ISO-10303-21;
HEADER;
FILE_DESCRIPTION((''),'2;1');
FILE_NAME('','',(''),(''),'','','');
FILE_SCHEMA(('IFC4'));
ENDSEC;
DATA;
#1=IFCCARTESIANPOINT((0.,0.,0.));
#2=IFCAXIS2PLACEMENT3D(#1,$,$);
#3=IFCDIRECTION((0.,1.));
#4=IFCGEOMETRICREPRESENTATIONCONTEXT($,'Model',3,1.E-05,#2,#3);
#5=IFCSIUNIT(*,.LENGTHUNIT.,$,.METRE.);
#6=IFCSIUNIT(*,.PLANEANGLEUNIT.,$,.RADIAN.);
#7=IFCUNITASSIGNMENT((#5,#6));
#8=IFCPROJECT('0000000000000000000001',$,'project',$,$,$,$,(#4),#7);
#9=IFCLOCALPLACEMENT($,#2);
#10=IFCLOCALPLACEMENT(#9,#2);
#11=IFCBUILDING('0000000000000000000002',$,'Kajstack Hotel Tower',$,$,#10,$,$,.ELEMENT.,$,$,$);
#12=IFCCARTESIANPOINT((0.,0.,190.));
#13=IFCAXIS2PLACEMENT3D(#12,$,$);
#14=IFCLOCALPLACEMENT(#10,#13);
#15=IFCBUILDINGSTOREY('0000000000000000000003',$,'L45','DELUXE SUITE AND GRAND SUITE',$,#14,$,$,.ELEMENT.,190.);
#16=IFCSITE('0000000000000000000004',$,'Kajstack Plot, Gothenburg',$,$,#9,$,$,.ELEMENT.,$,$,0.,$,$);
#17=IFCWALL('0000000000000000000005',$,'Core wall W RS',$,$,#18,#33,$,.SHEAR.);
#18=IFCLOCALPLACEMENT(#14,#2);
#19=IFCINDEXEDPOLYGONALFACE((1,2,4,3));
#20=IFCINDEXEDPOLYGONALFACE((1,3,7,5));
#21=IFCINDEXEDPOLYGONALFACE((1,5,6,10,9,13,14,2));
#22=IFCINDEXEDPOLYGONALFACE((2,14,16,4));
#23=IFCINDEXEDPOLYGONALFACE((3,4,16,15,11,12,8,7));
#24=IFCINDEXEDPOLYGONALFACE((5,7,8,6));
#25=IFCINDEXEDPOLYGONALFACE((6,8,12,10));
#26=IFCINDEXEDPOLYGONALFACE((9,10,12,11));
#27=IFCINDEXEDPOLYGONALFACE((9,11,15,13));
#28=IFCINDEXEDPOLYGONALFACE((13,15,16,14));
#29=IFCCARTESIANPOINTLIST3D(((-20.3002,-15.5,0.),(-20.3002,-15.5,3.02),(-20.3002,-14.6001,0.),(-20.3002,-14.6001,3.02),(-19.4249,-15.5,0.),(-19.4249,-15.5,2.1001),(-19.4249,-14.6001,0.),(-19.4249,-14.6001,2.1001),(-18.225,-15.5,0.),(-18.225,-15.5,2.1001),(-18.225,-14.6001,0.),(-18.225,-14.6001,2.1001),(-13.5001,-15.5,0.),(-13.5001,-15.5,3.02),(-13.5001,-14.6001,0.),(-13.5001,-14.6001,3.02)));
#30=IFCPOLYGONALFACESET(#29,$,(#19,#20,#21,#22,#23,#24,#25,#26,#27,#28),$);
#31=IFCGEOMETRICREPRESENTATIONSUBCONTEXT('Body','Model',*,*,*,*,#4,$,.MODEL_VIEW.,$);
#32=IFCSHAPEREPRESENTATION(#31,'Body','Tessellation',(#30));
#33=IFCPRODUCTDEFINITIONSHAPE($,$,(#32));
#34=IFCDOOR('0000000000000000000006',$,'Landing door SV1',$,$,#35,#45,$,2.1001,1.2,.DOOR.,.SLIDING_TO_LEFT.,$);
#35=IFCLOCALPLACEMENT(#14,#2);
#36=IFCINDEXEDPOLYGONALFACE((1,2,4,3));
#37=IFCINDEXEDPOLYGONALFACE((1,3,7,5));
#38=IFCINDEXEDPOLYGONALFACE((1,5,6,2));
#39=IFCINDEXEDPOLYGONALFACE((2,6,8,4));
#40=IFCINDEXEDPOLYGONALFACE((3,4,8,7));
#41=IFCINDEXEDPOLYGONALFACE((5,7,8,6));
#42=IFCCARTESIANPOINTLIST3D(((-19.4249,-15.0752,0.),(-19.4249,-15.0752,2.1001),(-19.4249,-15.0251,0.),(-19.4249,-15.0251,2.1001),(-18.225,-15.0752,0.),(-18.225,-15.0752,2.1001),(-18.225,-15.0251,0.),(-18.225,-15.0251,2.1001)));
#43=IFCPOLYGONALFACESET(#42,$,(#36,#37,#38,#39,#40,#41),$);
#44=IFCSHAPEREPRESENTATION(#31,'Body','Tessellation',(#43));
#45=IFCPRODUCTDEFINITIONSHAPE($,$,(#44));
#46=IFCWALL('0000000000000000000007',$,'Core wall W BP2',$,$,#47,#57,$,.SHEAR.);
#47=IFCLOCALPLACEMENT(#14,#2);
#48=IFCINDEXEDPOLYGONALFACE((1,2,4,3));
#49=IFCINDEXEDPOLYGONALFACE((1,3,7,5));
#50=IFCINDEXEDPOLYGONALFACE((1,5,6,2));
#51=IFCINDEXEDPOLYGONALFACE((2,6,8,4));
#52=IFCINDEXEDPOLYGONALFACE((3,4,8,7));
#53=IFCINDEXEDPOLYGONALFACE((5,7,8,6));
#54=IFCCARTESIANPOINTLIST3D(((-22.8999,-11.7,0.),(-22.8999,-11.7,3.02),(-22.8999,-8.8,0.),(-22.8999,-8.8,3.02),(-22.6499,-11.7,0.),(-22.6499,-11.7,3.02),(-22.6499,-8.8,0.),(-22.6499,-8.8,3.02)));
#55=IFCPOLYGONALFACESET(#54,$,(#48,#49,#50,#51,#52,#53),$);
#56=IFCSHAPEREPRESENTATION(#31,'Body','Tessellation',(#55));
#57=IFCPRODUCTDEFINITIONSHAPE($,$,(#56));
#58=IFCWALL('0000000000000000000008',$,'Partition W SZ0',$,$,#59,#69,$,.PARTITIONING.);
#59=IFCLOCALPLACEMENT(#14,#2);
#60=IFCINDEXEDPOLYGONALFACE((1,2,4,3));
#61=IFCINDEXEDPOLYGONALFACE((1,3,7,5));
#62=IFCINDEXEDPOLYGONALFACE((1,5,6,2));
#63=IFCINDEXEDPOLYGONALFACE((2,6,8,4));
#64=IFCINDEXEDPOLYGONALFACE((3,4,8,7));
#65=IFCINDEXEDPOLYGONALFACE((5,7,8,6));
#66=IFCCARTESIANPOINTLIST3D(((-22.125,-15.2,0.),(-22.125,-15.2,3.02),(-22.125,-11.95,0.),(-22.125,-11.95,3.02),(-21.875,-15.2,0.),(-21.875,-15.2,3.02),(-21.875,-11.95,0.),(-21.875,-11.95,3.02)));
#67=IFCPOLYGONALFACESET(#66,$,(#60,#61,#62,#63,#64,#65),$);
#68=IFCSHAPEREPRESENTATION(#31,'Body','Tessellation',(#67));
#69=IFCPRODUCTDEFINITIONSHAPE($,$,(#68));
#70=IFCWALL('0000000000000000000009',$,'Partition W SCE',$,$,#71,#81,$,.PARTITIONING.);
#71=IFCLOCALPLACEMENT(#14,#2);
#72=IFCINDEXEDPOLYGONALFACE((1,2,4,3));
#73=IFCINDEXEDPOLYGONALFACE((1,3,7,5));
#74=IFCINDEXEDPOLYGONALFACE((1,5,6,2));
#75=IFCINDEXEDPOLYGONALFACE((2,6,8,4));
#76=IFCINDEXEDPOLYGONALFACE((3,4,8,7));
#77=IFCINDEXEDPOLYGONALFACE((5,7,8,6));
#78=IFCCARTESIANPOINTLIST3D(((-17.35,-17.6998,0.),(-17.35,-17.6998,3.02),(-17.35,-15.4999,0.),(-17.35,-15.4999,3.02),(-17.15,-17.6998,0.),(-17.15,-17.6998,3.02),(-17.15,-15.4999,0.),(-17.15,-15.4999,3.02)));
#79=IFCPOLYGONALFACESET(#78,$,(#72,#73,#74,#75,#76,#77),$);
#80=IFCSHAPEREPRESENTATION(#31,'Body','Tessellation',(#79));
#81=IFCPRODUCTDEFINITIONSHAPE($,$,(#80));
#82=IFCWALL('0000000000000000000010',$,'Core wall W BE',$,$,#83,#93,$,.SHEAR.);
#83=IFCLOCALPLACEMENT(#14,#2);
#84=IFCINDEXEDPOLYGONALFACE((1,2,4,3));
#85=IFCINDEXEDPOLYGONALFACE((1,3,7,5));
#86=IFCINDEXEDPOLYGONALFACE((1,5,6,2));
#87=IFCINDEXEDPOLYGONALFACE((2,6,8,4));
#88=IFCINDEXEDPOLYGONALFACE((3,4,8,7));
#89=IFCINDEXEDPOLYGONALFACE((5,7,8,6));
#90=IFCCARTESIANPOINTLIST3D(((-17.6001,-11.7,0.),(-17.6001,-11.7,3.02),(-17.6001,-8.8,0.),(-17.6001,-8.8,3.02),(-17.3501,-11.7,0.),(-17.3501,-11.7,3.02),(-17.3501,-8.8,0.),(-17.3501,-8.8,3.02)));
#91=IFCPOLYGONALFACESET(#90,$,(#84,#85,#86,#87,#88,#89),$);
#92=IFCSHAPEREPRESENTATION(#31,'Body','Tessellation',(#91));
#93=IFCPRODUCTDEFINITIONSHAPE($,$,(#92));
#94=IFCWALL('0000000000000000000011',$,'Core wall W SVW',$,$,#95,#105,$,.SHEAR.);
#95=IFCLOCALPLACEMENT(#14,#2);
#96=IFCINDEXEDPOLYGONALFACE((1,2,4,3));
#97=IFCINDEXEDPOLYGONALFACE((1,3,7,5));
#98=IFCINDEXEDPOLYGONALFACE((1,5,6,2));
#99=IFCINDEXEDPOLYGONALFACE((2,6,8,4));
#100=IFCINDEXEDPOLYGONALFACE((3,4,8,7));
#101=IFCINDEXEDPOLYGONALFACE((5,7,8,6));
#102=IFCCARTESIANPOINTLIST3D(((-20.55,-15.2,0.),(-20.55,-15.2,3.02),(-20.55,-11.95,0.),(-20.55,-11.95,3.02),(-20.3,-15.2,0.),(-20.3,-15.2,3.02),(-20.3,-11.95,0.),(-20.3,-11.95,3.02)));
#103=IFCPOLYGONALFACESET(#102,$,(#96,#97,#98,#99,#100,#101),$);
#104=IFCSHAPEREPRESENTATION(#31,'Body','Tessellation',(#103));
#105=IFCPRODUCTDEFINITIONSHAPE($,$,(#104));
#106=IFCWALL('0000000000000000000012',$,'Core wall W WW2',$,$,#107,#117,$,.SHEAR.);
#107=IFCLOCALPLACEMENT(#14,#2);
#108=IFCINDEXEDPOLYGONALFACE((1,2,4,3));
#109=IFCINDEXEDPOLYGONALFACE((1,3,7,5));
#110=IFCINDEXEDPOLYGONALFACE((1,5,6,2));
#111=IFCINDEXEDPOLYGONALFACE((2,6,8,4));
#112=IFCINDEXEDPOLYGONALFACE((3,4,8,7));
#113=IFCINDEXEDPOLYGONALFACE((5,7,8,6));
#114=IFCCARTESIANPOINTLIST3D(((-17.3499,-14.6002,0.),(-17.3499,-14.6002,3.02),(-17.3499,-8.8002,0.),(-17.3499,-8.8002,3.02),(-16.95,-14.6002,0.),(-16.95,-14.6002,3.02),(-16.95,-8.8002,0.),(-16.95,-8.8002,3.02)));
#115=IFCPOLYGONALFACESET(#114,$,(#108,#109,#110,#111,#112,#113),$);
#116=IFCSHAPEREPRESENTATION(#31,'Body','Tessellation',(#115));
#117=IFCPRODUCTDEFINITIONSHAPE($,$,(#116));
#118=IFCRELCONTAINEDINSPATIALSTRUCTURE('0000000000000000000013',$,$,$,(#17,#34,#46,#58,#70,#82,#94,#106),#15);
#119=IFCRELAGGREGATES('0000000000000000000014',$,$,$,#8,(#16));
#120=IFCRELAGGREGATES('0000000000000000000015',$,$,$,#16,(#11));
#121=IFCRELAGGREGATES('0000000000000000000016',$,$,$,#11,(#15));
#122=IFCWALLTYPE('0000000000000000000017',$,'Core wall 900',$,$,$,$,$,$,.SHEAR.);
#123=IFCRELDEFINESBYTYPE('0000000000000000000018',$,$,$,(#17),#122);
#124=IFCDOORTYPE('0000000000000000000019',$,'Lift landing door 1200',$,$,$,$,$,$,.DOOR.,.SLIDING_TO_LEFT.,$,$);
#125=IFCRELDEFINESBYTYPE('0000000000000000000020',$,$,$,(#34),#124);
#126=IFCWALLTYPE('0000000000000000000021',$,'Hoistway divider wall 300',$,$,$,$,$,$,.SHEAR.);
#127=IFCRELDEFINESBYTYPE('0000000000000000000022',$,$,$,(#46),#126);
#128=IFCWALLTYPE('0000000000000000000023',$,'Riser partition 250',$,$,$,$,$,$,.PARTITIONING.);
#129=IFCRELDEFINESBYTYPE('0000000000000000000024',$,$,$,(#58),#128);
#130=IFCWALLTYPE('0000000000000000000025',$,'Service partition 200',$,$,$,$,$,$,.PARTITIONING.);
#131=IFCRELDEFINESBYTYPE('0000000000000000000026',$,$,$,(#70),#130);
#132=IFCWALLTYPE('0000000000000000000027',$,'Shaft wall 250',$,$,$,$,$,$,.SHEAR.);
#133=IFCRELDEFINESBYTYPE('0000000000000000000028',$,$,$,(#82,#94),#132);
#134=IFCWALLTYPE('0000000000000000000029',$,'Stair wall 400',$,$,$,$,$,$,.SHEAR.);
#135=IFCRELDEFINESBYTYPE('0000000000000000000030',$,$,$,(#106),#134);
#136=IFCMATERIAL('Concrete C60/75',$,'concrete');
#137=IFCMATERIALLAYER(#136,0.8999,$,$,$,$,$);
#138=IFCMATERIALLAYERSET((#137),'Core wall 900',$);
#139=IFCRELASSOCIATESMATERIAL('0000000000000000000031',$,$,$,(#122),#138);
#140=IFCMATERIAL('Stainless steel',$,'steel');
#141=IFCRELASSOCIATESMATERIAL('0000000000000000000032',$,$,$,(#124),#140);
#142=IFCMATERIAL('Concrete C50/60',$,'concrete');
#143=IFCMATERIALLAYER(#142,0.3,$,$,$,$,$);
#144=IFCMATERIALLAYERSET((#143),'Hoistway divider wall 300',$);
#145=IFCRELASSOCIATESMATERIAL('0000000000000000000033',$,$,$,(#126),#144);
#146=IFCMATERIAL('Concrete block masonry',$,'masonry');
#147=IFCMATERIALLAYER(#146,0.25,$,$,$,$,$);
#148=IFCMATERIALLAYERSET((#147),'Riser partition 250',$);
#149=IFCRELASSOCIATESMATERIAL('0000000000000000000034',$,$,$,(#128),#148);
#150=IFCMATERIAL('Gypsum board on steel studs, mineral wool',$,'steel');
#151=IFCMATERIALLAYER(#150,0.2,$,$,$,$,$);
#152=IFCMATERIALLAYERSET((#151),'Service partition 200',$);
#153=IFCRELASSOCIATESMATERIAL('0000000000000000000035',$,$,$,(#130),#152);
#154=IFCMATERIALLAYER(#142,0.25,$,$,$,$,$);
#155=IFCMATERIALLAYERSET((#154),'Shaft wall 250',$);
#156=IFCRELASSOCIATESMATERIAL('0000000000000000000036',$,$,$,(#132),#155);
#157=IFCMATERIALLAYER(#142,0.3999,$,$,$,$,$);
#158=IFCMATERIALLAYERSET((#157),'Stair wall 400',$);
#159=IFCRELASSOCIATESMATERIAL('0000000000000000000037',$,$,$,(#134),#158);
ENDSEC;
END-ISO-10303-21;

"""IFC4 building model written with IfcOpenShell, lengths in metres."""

from ifc_helpers import new_model, si_unit, direction, frame, frame_2d, origin, place, context, subcontext, project, spatial, rectangle, extrude, material, layer, layer_set, type_object, element, fill, save


model = new_model("IFC4")

# Units and contexts
model_context = context("Model", 3, precision=1e-05, world=origin(), true_north=direction((0.0, 1.0)))
body_context = subcontext(model_context, "Body", "Model", "MODEL_VIEW")
ifc_project = project(units=[si_unit("LENGTHUNIT", "METRE"), si_unit("PLANEANGLEUNIT", "RADIAN")], contexts=[model_context])

# Site, building, storey
site_placement = place(None, origin())
site = spatial("IfcSite", under=ifc_project, at=site_placement, Name="Kajstack Plot, Gothenburg", CompositionType="ELEMENT", RefElevation=0.0)
building_placement = place(site_placement, origin())
building = spatial("IfcBuilding", under=site, at=building_placement, Name="Kajstack Hotel Tower", CompositionType="ELEMENT")
storey_placement = place(building_placement, frame((0.0, 0.0, 190.0)))
storey = spatial("IfcBuildingStorey", under=building, at=storey_placement, Name="L45", Description="DELUXE SUITE AND GRAND SUITE", CompositionType="ELEMENT", Elevation=190.0)

# Wall, opening, door
ifc_material_1 = material(Name="Concrete C60/75", Category="concrete")
ifc_layer_1 = layer(ifc_material_1, 0.8999)
ifc_layer_set_1 = layer_set([ifc_layer_1], Name="Core wall 900")
wall_type_1 = type_object("IfcWallType", Name="Core wall 900", PredefinedType="SHEAR", material=ifc_layer_set_1)
wall_1_placement = place(storey_placement, frame((-20.3, -15.05, 0.0), z_axis=(0.0, 0.0, 1.0), x_axis=(1.0, 0.0, 0.0)))
wall_1 = element("IfcWall", 1, at=wall_1_placement, inside=storey, type_object=wall_type_1, Name="Core wall W RS", PredefinedType="SHEAR", context=body_context, shape_type="SweptSolid", body=[
    extrude(rectangle(XDim=6.8, YDim=0.8999, at=frame_2d((3.3999, 0.0))), origin(), (0.0, 0.0, 1.0), 3.02),
])
opening_placement = place(wall_1_placement, frame((0.875, 0.0, 0.0)))
opening = element("IfcOpeningElement", 2, at=opening_placement, cuts=wall_1, PredefinedType="OPENING", context=body_context, shape_type="SweptSolid", body=[
    extrude(rectangle(XDim=1.2, YDim=2.1001, at=frame_2d((0.6001, 1.05))), frame((0.0, 0.46, 0.0), z_axis=(0.0, -1.0, 0.0), x_axis=(1.0, 0.0, 0.0)), (0.0, 0.0, 1.0), 0.9199),
])
ifc_material_2 = material(Name="Stainless steel", Category="steel")
door_type = type_object("IfcDoorType", Name="Lift landing door 1200", OperationType="SLIDING_TO_LEFT", PredefinedType="DOOR", material=ifc_material_2)
door_placement = place(opening_placement, origin())
door = element("IfcDoor", 3, at=door_placement, inside=storey, type_object=door_type, Name="Landing door SV1", OperationType="SLIDING_TO_LEFT", OverallHeight=2.1001, OverallWidth=1.2, PredefinedType="DOOR", context=body_context, shape_type="SweptSolid", body=[
    extrude(rectangle(XDim=1.2, YDim=2.1001, at=frame_2d((0.6001, 1.05))), frame((0.0, 0.0249, 0.0), z_axis=(0.0, -1.0, 0.0), x_axis=(1.0, 0.0, 0.0)), (0.0, 0.0, 1.0), 0.05),
])
fill(opening, door)

# Walls
ifc_material_3 = material(Name="Concrete C50/60", Category="concrete")
ifc_layer_2 = layer(ifc_material_3, 0.3)
ifc_layer_set_2 = layer_set([ifc_layer_2], Name="Hoistway divider wall 300")
wall_type_2 = type_object("IfcWallType", Name="Hoistway divider wall 300", PredefinedType="SHEAR", material=ifc_layer_set_2)
wall_2_placement = place(storey_placement, frame((-22.7749, -11.7, 0.0), z_axis=(0.0, 0.0, 1.0), x_axis=(0.0, 1.0, 0.0)))
element("IfcWall", 4, at=wall_2_placement, inside=storey, type_object=wall_type_2, Name="Core wall W BP2", PredefinedType="SHEAR", context=body_context, shape_type="SweptSolid", body=[
    extrude(rectangle(XDim=2.8999, YDim=0.25, at=frame_2d((1.45, 0.0))), origin(), (0.0, 0.0, 1.0), 3.02),
])
ifc_material_4 = material(Name="Concrete block masonry", Category="masonry")
ifc_layer_3 = layer(ifc_material_4, 0.25)
ifc_layer_set_3 = layer_set([ifc_layer_3], Name="Riser partition 250")
wall_type_3 = type_object("IfcWallType", Name="Riser partition 250", PredefinedType="PARTITIONING", material=ifc_layer_set_3)
wall_3_placement = place(storey_placement, frame((-22.0, -15.2, 0.0), z_axis=(0.0, 0.0, 1.0), x_axis=(0.0, 1.0, 0.0)))
element("IfcWall", 5, at=wall_3_placement, inside=storey, type_object=wall_type_3, Name="Partition W SZ0", PredefinedType="PARTITIONING", context=body_context, shape_type="SweptSolid", body=[
    extrude(rectangle(XDim=3.25, YDim=0.25, at=frame_2d((1.625, 0.0))), origin(), (0.0, 0.0, 1.0), 3.02),
])
ifc_material_5 = material(Name="Gypsum board on steel studs, mineral wool", Category="steel")
ifc_layer_4 = layer(ifc_material_5, 0.2)
ifc_layer_set_4 = layer_set([ifc_layer_4], Name="Service partition 200")
wall_type_4 = type_object("IfcWallType", Name="Service partition 200", PredefinedType="PARTITIONING", material=ifc_layer_set_4)
wall_4_placement = place(storey_placement, frame((-17.25, -17.7, 0.0), z_axis=(0.0, 0.0, 1.0), x_axis=(0.0, 1.0, 0.0)))
element("IfcWall", 6, at=wall_4_placement, inside=storey, type_object=wall_type_4, Name="Partition W SCE", PredefinedType="PARTITIONING", context=body_context, shape_type="SweptSolid", body=[
    extrude(rectangle(XDim=2.2, YDim=0.2, at=frame_2d((1.1001, 0.0))), origin(), (0.0, 0.0, 1.0), 3.02),
])
ifc_layer_5 = layer(ifc_material_3, 0.25)
ifc_layer_set_5 = layer_set([ifc_layer_5], Name="Shaft wall 250")
wall_type_5 = type_object("IfcWallType", Name="Shaft wall 250", PredefinedType="SHEAR", material=ifc_layer_set_5)
wall_5_placement = place(storey_placement, frame((-17.4751, -11.7, 0.0), z_axis=(0.0, 0.0, 1.0), x_axis=(0.0, 1.0, 0.0)))
element("IfcWall", 7, at=wall_5_placement, inside=storey, type_object=wall_type_5, Name="Core wall W BE", PredefinedType="SHEAR", context=body_context, shape_type="SweptSolid", body=[
    extrude(rectangle(XDim=2.8999, YDim=0.25, at=frame_2d((1.45, 0.0))), origin(), (0.0, 0.0, 1.0), 3.02),
])
wall_6_placement = place(storey_placement, frame((-20.425, -15.2, 0.0), z_axis=(0.0, 0.0, 1.0), x_axis=(0.0, 1.0, 0.0)))
element("IfcWall", 8, at=wall_6_placement, inside=storey, type_object=wall_type_5, Name="Core wall W SVW", PredefinedType="SHEAR", context=body_context, shape_type="SweptSolid", body=[
    extrude(rectangle(XDim=3.25, YDim=0.25, at=frame_2d((1.625, 0.0))), origin(), (0.0, 0.0, 1.0), 3.02),
])
ifc_layer_6 = layer(ifc_material_3, 0.3999)
ifc_layer_set_6 = layer_set([ifc_layer_6], Name="Stair wall 400")
wall_type_6 = type_object("IfcWallType", Name="Stair wall 400", PredefinedType="SHEAR", material=ifc_layer_set_6)
wall_7_placement = place(storey_placement, frame((-17.1499, -14.6001, 0.0), z_axis=(0.0, 0.0, 1.0), x_axis=(0.0, 1.0, 0.0)))
element("IfcWall", 9, at=wall_7_placement, inside=storey, type_object=wall_type_6, Name="Core wall W WW2", PredefinedType="SHEAR", context=body_context, shape_type="SweptSolid", body=[
    extrude(rectangle(XDim=5.8, YDim=0.3999, at=frame_2d((2.8999, 0.0))), origin(), (0.0, 0.0, 1.0), 3.02),
])

save(model, "model.ifc")
